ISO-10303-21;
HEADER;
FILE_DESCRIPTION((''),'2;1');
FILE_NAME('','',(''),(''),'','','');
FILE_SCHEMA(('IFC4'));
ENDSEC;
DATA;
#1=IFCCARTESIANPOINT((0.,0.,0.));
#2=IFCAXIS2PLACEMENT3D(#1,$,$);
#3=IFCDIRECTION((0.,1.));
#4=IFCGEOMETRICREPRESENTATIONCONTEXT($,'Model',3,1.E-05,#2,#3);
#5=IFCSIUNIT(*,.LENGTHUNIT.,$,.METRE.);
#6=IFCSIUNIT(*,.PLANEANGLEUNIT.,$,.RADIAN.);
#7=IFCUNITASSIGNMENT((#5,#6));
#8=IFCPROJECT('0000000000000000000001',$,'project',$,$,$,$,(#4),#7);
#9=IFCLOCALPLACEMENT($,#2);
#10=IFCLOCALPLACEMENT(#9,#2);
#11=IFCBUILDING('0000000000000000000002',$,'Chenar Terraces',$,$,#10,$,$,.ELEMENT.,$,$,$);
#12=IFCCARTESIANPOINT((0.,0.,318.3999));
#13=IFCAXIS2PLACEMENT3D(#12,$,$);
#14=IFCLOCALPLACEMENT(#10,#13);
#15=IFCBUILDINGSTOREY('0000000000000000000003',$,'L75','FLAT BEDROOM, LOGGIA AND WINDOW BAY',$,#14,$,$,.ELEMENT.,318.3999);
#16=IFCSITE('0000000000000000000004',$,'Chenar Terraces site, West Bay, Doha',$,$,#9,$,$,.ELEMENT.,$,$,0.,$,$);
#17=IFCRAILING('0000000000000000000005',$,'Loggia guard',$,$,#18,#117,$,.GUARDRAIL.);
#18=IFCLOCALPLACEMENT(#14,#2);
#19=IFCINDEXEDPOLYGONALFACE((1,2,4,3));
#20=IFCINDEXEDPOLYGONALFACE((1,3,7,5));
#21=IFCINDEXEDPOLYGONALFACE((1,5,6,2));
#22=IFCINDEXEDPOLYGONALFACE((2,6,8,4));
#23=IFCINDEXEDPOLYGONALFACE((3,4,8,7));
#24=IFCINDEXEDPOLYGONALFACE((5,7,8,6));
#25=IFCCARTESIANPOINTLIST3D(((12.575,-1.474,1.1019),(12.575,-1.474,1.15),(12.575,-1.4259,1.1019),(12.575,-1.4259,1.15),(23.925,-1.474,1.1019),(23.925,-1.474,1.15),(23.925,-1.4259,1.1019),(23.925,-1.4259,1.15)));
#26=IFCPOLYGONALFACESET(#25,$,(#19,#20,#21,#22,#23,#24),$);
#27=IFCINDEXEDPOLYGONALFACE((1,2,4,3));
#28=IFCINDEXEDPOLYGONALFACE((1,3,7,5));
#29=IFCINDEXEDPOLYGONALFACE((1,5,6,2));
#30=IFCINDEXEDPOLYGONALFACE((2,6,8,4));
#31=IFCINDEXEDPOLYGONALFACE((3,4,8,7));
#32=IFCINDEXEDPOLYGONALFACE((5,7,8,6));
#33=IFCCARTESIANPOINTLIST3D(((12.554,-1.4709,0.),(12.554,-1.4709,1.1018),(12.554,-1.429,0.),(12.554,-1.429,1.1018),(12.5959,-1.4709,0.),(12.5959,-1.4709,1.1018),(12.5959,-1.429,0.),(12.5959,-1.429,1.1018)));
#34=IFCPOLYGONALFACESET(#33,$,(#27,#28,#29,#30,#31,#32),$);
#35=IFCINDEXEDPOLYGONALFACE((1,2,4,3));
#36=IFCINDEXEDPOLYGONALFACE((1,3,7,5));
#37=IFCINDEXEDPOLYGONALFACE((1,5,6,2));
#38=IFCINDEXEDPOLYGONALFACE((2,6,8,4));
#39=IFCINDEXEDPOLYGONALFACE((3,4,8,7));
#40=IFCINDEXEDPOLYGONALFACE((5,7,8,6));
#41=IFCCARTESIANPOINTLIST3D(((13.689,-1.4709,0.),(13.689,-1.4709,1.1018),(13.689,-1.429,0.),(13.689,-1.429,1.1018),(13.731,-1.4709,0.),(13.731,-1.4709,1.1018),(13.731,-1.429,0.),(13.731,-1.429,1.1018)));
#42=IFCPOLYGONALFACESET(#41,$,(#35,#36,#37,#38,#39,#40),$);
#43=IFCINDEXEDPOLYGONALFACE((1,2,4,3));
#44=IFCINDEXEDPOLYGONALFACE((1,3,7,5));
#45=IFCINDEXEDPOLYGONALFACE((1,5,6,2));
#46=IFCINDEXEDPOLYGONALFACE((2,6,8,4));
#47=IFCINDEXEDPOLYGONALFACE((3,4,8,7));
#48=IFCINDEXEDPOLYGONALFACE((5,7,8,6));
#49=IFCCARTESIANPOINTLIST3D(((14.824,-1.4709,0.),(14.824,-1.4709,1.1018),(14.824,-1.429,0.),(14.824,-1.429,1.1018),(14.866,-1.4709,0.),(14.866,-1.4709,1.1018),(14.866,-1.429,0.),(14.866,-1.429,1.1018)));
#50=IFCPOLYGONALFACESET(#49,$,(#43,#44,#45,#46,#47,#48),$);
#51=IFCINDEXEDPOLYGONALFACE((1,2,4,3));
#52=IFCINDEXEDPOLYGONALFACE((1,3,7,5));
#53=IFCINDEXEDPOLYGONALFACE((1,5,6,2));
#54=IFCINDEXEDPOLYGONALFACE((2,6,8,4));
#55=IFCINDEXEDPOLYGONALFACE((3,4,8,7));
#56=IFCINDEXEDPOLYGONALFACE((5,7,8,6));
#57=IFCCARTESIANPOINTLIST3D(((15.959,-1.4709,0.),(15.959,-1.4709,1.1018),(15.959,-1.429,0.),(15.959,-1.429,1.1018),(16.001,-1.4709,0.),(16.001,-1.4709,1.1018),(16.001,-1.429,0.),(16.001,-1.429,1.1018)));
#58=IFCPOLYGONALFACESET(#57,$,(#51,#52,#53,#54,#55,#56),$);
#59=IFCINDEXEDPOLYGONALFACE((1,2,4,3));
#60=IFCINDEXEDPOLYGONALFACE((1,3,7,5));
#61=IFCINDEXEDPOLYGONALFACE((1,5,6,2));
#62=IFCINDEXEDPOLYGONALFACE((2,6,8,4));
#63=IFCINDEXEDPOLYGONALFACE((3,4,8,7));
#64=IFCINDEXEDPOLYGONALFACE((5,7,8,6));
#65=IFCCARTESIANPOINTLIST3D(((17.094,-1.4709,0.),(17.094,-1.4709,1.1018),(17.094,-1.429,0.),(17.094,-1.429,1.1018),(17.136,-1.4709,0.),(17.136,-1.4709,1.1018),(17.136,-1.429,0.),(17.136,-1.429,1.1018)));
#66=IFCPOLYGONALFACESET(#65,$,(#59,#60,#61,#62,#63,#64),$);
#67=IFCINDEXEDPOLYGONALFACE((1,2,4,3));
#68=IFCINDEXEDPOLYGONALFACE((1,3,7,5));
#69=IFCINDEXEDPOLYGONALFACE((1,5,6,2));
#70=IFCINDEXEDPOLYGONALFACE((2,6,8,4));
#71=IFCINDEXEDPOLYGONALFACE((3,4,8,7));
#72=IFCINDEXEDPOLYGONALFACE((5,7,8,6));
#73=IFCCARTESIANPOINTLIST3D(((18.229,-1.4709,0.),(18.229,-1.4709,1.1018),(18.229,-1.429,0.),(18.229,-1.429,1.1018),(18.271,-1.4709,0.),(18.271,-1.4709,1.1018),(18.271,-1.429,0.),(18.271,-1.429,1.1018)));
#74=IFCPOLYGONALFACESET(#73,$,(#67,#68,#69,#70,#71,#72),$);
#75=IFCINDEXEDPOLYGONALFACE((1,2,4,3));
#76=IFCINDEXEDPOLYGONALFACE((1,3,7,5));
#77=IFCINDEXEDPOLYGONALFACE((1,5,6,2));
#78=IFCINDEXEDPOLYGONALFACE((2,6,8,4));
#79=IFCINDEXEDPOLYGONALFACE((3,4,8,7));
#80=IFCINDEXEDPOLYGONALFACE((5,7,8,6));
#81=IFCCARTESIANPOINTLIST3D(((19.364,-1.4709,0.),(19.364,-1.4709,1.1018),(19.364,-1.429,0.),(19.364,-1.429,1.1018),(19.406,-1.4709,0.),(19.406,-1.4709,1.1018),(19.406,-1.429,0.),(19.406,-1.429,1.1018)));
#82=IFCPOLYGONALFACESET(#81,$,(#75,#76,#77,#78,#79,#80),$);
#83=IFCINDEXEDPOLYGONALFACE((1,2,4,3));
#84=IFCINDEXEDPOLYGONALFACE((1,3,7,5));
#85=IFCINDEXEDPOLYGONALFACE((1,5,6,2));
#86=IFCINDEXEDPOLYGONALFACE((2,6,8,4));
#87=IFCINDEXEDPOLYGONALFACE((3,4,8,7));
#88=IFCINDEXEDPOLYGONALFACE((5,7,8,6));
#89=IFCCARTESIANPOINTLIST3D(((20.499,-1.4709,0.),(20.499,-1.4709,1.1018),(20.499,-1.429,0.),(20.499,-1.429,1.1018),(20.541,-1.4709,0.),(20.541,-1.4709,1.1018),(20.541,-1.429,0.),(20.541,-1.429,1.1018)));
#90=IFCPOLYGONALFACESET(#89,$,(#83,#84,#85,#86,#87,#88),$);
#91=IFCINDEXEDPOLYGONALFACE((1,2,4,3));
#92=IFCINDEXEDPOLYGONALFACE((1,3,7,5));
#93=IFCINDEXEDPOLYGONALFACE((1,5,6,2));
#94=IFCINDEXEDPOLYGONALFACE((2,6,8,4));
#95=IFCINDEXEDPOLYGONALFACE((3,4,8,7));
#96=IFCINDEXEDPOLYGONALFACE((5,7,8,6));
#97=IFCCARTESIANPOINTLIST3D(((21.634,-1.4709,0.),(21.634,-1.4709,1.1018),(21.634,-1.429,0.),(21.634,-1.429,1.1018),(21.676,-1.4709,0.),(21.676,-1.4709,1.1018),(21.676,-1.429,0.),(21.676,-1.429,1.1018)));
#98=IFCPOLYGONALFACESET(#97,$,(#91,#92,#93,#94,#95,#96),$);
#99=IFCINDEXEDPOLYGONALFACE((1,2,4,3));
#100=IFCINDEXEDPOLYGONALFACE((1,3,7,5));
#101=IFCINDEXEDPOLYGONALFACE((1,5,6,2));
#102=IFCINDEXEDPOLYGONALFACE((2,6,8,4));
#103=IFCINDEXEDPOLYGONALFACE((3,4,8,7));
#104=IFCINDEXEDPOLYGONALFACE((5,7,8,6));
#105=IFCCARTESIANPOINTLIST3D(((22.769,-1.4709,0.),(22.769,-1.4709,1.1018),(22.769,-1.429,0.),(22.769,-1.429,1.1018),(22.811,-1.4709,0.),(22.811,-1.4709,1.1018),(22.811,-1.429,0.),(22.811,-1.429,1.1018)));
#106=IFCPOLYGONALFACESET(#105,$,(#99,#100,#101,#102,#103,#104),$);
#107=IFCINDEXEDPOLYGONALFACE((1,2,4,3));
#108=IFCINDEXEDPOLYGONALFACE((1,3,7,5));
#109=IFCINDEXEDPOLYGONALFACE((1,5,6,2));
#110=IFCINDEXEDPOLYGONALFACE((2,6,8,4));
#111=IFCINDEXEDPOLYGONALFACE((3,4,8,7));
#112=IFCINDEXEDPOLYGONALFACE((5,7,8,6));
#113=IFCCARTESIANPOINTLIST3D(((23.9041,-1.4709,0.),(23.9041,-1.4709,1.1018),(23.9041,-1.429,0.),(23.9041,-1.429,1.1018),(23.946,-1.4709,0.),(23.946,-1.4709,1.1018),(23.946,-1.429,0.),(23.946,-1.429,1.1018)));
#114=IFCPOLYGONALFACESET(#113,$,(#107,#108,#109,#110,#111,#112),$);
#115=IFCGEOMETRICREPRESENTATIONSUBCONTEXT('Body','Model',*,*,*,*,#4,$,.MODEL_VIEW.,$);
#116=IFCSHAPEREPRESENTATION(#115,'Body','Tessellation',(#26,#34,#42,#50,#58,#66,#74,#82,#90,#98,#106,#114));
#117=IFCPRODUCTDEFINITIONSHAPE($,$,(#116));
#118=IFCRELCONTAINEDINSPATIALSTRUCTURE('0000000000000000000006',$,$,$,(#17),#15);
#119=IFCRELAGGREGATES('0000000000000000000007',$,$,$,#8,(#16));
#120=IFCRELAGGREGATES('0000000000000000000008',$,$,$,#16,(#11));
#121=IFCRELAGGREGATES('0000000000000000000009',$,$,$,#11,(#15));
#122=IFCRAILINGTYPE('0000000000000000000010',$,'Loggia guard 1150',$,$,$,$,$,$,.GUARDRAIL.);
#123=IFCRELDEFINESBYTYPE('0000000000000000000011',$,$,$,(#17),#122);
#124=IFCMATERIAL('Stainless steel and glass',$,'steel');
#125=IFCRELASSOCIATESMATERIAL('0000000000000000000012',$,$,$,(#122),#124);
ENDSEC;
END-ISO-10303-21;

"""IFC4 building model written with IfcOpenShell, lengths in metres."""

from ifc_helpers import new_model, si_unit, direction, frame, origin, origin_2d, place, context, subcontext, project, spatial, rectangle, extrude, material, type_object, element, save


model = new_model("IFC4")

# Units and contexts
model_context = context("Model", 3, precision=1e-05, world=origin(), true_north=direction((0.0, 1.0)))
body_context = subcontext(model_context, "Body", "Model", "MODEL_VIEW")
ifc_project = project(units=[si_unit("LENGTHUNIT", "METRE"), si_unit("PLANEANGLEUNIT", "RADIAN")], contexts=[model_context])

# Site, building, storey
site_placement = place(None, origin())
site = spatial("IfcSite", under=ifc_project, at=site_placement, Name="Chenar Terraces site, West Bay, Doha", CompositionType="ELEMENT", RefElevation=0.0)
building_placement = place(site_placement, origin())
building = spatial("IfcBuilding", under=site, at=building_placement, Name="Chenar Terraces", CompositionType="ELEMENT")
storey_placement = place(building_placement, frame((0.0, 0.0, 318.3999)))
storey = spatial("IfcBuildingStorey", under=building, at=storey_placement, Name="L75", Description="FLAT BEDROOM, LOGGIA AND WINDOW BAY", CompositionType="ELEMENT", Elevation=318.3999)

# Railing
ifc_material_1 = material(Name="Stainless steel and glass", Category="steel")
railing_type = type_object("IfcRailingType", Name="Loggia guard 1150", PredefinedType="GUARDRAIL", material=ifc_material_1)
railing_placement = place(storey_placement, frame((12.575, -1.45, 0.0)))
element("IfcRailing", 1, at=railing_placement, inside=storey, type_object=railing_type, Name="Loggia guard", PredefinedType="GUARDRAIL", context=body_context, shape_type="SweptSolid", body=[
    extrude(rectangle(XDim=0.0481, YDim=0.0481, at=origin_2d()), frame((0.0, 0.0, 1.126), z_axis=(1.0, 0.0, 0.0), x_axis=(0.0, 1.0, 0.0)), (0.0, 0.0, 1.0), 11.3501),
    extrude(rectangle(XDim=0.042, YDim=0.042, at=origin_2d()), origin(), (0.0, 0.0, 1.0), 1.1018),
    extrude(rectangle(XDim=0.042, YDim=0.042, at=origin_2d()), frame((1.135, 0.0, 0.0)), (0.0, 0.0, 1.0), 1.1018),
    extrude(rectangle(XDim=0.042, YDim=0.042, at=origin_2d()), frame((2.27, 0.0, 0.0)), (0.0, 0.0, 1.0), 1.1018),
    extrude(rectangle(XDim=0.042, YDim=0.042, at=origin_2d()), frame((3.405, 0.0, 0.0)), (0.0, 0.0, 1.0), 1.1018),
    extrude(rectangle(XDim=0.042, YDim=0.042, at=origin_2d()), frame((4.54, 0.0, 0.0)), (0.0, 0.0, 1.0), 1.1018),
    extrude(rectangle(XDim=0.042, YDim=0.042, at=origin_2d()), frame((5.675, 0.0, 0.0)), (0.0, 0.0, 1.0), 1.1018),
    extrude(rectangle(XDim=0.042, YDim=0.042, at=origin_2d()), frame((6.8101, 0.0, 0.0)), (0.0, 0.0, 1.0), 1.1018),
    extrude(rectangle(XDim=0.042, YDim=0.042, at=origin_2d()), frame((7.9451, 0.0, 0.0)), (0.0, 0.0, 1.0), 1.1018),
    extrude(rectangle(XDim=0.042, YDim=0.042, at=origin_2d()), frame((9.0801, 0.0, 0.0)), (0.0, 0.0, 1.0), 1.1018),
    extrude(rectangle(XDim=0.042, YDim=0.042, at=origin_2d()), frame((10.2151, 0.0, 0.0)), (0.0, 0.0, 1.0), 1.1018),
    extrude(rectangle(XDim=0.042, YDim=0.042, at=origin_2d()), frame((11.3501, 0.0, 0.0)), (0.0, 0.0, 1.0), 1.1018),
])

save(model, "model.ifc")
